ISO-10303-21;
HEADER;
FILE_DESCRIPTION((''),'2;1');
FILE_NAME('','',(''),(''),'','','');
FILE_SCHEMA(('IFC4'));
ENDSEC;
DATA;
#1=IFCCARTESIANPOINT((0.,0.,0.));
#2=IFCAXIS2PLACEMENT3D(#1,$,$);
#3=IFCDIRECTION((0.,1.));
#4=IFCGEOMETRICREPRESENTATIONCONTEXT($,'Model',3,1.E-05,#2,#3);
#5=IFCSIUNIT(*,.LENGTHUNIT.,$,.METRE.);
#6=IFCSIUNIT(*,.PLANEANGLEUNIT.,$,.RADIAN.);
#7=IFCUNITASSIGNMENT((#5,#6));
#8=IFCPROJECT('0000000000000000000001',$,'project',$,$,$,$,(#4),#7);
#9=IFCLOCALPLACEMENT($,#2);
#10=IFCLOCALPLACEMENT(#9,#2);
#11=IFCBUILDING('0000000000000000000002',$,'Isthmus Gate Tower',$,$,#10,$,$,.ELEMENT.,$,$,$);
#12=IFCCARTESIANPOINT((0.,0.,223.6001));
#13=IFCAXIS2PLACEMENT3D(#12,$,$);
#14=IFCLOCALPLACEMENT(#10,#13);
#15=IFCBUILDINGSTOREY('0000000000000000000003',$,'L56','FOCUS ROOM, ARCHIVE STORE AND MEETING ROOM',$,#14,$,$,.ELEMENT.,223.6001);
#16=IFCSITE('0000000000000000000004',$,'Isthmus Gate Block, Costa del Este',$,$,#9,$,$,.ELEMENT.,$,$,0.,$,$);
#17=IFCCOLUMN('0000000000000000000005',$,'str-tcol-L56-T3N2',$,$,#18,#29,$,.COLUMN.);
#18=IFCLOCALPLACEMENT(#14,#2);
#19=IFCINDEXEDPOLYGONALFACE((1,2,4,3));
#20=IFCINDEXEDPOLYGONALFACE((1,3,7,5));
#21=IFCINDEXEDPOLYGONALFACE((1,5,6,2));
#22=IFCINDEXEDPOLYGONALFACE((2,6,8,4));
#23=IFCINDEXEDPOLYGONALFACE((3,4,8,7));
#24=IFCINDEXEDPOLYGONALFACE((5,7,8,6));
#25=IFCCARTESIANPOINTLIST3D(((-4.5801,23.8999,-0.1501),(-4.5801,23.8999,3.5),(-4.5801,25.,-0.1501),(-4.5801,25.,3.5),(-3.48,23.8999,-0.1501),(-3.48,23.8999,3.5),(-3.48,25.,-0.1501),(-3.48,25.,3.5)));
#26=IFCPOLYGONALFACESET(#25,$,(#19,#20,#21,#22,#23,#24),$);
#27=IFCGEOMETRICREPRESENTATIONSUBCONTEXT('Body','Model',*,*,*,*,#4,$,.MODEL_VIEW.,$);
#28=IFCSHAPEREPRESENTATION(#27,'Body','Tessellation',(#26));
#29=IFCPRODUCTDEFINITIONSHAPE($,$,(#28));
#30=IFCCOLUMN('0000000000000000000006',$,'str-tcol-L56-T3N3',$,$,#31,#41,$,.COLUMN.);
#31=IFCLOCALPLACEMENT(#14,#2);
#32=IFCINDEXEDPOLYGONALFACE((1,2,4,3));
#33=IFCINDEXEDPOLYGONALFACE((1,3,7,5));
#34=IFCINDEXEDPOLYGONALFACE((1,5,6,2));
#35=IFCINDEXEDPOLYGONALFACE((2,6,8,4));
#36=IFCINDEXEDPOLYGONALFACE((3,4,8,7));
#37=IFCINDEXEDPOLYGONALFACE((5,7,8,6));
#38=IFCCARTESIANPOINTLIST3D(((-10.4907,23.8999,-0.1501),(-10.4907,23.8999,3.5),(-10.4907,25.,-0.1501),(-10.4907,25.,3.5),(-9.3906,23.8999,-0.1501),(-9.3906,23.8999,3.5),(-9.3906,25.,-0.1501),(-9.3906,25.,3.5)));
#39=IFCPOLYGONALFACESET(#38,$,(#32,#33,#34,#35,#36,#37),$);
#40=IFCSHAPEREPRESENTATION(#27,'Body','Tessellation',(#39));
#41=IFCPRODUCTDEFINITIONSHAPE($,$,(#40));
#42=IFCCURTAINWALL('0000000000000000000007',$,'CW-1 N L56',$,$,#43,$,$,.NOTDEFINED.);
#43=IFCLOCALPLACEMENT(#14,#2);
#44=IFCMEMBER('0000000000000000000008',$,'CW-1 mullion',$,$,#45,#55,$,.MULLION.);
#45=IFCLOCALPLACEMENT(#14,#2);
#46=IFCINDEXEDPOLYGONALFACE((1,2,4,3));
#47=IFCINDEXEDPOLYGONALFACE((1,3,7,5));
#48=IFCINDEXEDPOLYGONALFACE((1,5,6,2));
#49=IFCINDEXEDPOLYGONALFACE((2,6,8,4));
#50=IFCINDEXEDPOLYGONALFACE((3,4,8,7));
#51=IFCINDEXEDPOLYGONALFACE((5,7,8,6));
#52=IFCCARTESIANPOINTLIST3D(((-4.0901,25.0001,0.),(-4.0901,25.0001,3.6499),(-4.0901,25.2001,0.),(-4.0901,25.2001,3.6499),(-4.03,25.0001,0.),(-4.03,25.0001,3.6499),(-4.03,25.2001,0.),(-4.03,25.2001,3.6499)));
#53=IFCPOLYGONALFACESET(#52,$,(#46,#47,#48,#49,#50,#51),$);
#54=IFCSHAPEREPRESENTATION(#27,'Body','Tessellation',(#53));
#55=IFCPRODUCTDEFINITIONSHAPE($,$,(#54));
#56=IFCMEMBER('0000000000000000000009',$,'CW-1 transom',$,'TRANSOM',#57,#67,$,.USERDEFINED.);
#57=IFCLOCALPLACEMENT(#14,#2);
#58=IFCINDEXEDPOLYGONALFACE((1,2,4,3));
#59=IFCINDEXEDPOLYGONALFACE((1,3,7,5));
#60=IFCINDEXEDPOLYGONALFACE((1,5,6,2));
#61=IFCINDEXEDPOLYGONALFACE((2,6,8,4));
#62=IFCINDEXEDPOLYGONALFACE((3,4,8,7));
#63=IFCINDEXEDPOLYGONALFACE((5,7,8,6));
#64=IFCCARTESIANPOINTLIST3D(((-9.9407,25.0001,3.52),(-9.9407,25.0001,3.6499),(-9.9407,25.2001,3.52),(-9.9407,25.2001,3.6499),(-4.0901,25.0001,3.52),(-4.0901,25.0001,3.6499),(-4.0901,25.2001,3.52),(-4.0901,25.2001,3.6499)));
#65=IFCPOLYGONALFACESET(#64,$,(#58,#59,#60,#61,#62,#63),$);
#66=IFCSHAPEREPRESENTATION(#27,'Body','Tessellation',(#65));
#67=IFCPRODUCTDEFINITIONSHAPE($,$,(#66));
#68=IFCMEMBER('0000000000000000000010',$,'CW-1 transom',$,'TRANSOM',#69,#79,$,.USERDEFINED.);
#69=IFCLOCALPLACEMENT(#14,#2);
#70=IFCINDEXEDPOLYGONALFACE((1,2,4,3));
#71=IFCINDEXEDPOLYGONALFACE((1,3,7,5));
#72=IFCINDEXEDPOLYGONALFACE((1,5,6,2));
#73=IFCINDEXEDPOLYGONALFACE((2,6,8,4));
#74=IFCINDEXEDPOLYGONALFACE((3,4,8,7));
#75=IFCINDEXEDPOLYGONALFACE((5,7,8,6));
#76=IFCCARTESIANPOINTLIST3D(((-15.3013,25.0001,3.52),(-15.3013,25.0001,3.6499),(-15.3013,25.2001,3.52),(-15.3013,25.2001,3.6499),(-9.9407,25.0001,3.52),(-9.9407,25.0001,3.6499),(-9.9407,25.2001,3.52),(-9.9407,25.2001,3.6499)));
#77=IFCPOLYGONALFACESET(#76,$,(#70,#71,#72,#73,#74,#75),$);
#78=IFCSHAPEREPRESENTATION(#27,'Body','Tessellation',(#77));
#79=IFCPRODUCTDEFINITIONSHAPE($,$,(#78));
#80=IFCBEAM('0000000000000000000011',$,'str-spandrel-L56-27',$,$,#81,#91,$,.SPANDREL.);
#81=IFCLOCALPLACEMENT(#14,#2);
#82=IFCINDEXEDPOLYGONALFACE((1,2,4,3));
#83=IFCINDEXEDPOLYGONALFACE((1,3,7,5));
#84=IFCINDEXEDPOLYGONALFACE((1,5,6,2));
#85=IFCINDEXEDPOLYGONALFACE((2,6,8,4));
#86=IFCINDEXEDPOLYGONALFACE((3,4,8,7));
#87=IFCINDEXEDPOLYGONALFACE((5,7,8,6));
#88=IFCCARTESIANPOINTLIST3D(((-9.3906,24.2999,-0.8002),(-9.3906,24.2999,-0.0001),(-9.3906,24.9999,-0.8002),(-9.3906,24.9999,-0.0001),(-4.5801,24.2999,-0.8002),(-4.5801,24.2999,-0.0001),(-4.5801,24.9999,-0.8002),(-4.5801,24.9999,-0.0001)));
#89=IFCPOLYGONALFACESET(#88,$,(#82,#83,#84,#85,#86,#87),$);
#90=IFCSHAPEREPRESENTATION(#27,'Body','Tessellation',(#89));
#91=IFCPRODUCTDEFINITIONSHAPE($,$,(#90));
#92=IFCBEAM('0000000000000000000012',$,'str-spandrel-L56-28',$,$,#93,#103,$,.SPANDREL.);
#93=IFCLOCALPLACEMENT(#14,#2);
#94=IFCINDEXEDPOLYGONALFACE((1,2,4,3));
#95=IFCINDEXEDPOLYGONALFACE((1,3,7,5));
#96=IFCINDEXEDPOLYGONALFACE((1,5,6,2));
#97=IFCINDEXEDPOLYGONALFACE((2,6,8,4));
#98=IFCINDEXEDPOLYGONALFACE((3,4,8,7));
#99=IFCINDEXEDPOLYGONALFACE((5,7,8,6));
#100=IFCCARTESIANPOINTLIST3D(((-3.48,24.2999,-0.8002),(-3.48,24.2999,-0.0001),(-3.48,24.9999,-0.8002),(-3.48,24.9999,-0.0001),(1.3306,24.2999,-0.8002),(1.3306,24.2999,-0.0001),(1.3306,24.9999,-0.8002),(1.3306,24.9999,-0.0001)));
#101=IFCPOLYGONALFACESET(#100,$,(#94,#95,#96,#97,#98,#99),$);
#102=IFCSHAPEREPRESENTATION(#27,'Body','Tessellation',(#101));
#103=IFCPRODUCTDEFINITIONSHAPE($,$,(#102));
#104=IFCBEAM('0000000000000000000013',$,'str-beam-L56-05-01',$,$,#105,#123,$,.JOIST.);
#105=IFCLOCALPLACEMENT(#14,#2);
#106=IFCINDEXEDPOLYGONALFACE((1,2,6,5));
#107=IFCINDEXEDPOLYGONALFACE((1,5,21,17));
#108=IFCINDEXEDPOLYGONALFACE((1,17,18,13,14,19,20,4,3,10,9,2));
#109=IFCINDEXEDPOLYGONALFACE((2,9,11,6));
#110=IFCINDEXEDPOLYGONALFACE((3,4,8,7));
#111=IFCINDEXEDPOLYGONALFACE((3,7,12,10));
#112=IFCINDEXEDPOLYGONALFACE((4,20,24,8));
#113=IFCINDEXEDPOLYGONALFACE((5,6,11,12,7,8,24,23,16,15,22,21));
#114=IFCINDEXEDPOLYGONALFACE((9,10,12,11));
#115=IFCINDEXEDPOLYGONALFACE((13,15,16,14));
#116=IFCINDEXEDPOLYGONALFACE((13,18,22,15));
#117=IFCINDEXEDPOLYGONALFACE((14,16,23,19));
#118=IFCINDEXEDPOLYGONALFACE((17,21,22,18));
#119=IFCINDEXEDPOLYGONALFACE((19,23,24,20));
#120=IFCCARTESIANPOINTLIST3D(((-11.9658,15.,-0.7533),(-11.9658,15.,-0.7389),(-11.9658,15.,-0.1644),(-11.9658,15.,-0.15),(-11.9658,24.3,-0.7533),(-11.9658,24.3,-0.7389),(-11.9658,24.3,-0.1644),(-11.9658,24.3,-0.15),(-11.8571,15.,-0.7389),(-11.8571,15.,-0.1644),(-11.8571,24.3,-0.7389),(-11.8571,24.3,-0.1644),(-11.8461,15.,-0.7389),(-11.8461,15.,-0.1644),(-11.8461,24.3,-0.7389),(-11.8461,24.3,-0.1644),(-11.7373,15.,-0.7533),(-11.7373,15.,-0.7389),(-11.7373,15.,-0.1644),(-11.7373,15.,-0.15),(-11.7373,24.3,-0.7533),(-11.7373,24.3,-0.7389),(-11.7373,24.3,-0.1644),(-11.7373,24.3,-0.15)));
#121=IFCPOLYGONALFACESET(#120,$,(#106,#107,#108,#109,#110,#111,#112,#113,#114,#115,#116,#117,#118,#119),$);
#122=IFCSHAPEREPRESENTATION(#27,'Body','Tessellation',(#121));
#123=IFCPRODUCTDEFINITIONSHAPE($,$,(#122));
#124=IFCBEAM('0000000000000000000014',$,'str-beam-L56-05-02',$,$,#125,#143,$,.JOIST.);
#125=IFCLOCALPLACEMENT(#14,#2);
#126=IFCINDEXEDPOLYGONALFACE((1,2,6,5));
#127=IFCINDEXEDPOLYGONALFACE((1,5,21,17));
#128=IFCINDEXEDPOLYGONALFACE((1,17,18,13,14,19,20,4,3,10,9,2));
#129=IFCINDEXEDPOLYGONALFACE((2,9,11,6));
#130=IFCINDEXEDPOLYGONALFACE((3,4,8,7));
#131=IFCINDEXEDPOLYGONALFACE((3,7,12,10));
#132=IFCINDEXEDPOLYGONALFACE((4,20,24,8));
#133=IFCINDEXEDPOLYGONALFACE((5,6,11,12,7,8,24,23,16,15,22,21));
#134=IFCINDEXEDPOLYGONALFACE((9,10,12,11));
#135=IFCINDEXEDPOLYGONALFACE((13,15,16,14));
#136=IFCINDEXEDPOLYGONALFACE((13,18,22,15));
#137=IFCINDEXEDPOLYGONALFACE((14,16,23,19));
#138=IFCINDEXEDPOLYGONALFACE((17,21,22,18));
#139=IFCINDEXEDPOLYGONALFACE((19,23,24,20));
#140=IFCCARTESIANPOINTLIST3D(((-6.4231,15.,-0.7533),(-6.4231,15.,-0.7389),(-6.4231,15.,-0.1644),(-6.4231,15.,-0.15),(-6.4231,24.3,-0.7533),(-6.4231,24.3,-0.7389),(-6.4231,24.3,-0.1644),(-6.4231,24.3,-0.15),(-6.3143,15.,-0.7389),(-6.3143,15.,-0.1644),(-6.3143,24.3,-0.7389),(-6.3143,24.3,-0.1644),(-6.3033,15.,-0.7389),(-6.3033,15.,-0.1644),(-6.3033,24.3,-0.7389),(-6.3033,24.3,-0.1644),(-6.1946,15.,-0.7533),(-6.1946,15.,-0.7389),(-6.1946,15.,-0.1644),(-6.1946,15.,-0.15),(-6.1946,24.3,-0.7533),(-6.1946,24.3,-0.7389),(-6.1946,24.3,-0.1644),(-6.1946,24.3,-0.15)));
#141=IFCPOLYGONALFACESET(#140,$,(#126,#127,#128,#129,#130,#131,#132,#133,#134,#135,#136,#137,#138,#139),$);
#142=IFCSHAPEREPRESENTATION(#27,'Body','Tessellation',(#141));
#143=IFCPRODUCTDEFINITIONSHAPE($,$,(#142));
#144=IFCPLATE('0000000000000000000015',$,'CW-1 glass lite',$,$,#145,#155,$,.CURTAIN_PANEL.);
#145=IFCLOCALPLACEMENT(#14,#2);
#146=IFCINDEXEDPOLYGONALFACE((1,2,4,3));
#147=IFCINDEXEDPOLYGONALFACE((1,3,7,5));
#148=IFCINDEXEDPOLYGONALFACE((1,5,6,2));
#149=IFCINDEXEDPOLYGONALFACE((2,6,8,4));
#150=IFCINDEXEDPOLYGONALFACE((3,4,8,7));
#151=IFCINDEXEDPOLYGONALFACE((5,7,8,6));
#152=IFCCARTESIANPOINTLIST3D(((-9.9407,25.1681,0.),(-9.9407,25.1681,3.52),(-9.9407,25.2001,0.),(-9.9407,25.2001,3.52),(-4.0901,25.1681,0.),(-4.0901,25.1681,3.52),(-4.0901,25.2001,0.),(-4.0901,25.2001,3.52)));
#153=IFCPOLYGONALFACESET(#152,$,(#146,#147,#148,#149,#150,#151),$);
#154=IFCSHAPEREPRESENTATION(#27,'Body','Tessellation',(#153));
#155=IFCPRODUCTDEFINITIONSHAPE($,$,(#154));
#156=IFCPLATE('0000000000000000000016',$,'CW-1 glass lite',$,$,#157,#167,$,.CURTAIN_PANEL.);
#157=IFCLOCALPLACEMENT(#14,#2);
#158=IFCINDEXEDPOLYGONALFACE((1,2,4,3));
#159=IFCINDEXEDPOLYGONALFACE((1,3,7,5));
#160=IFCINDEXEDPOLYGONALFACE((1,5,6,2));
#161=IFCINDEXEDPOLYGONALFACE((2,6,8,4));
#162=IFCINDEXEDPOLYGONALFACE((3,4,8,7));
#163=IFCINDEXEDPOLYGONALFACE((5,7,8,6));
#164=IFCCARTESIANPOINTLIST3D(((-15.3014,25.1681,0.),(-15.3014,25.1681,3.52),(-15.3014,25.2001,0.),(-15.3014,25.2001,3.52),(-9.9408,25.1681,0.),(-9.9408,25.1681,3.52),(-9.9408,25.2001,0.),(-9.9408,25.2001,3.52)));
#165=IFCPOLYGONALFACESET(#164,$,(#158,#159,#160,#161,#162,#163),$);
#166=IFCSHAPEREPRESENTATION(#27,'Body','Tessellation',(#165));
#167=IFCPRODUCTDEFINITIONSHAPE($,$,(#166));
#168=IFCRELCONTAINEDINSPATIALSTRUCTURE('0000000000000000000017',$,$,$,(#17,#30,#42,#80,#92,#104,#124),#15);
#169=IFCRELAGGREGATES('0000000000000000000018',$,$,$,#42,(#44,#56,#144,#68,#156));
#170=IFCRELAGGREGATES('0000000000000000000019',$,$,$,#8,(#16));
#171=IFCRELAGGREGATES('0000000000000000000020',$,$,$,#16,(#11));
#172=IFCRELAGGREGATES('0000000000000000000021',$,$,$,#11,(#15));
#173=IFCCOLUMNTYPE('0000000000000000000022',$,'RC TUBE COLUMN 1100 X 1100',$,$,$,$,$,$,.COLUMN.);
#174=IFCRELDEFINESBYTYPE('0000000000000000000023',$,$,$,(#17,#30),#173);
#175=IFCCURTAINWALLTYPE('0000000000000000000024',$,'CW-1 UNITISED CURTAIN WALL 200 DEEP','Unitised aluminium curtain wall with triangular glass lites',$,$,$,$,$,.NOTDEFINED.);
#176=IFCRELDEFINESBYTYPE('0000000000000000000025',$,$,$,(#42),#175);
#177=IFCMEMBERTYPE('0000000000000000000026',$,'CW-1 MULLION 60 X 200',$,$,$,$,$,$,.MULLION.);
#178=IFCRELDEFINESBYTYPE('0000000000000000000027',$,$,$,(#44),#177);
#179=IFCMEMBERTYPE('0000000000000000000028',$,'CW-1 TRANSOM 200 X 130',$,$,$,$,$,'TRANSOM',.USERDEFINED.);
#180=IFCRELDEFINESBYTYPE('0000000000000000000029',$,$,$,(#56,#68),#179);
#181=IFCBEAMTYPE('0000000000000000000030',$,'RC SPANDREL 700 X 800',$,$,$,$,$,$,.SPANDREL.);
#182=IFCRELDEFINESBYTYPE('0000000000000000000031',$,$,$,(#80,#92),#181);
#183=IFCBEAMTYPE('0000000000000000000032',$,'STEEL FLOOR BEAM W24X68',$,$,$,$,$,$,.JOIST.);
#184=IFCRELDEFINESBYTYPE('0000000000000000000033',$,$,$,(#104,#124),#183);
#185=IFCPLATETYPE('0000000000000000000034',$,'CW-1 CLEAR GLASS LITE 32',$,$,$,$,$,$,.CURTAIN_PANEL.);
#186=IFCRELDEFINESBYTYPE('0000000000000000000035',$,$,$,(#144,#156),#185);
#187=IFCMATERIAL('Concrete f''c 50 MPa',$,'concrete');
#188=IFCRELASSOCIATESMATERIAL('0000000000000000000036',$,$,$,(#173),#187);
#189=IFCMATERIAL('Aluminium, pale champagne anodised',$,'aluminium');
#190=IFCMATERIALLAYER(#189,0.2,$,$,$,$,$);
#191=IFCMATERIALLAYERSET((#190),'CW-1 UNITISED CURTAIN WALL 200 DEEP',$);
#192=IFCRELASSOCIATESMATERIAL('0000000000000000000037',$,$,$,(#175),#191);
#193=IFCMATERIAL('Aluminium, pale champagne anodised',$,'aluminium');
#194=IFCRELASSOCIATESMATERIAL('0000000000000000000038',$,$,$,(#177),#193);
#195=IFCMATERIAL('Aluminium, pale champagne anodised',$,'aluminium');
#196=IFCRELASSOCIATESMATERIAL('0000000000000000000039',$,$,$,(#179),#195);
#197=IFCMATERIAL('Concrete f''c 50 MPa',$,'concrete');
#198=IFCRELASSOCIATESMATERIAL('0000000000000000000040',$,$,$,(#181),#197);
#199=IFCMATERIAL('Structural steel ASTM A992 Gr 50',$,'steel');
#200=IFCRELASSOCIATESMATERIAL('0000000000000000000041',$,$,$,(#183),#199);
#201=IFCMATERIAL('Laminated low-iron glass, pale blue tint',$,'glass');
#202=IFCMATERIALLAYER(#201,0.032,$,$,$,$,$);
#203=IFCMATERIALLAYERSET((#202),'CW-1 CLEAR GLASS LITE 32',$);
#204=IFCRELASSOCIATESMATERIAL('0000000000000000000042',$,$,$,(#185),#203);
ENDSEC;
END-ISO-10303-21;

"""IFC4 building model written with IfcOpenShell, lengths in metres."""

from ifc_helpers import new_model, si_unit, direction, frame, origin, origin_2d, place, context, subcontext, project, spatial, rectangle, i_section, extrude, material, layer, layer_set, material_profile, profile_set, type_object, element, aggregate, save


model = new_model("IFC4")

# Units and contexts
model_context = context("Model", 3, precision=1e-05, world=origin(), true_north=direction((0.0, 1.0)))
body_context = subcontext(model_context, "Body", "Model", "MODEL_VIEW")
ifc_project = project(units=[si_unit("LENGTHUNIT", "METRE"), si_unit("PLANEANGLEUNIT", "RADIAN")], contexts=[model_context])

# Site, building, storey
site_placement = place(None, origin())
site = spatial("IfcSite", under=ifc_project, at=site_placement, Name="Isthmus Gate Block, Costa del Este", CompositionType="ELEMENT", RefElevation=0.0)
building_placement = place(site_placement, origin())
building = spatial("IfcBuilding", under=site, at=building_placement, Name="Isthmus Gate Tower", CompositionType="ELEMENT")
storey_placement = place(building_placement, frame((0.0, 0.0, 223.6001)))
storey = spatial("IfcBuildingStorey", under=building, at=storey_placement, Name="L56", Description="FOCUS ROOM, ARCHIVE STORE AND MEETING ROOM", CompositionType="ELEMENT", Elevation=223.6001)

# Columns
ifc_material_1 = material(Name="Concrete f'c 50 MPa", Category="concrete")
ifc_material_profile_1 = material_profile(ifc_material_1, rectangle(XDim=1.1001, YDim=1.1001, at=origin_2d()), Name="RC 1100X1100")
ifc_profile_set_1 = profile_set([ifc_material_profile_1], Name="Concrete f'c 50 MPa")
column_type = type_object("IfcColumnType", Name="RC TUBE COLUMN 1100 X 1100", PredefinedType="COLUMN", material=ifc_profile_set_1)
for number, where, z_axis, x_axis, name in (
    (1, (-4.03, 24.45, -0.1501), (0.0, 0.0, 1.0), (-1.0, 0.0, 0.0), "str-tcol-L56-T3N2"),
    (2, (-9.9407, 24.45, -0.1501), (0.0, 0.0, 1.0), (-1.0, 0.0, 0.0), "str-tcol-L56-T3N3"),
):
    element("IfcColumn", number, at=place(storey_placement, frame(where, z_axis=z_axis, x_axis=x_axis)), inside=storey, type_object=column_type, Name=name, PredefinedType="COLUMN", context=body_context, shape_type="SweptSolid", body=[
        extrude(rectangle(XDim=1.1001, YDim=1.1001, at=origin_2d()), origin(), (0.0, 0.0, 1.0), 3.6501),
    ])

# Curtain wall, members
ifc_material_2 = material(Name="Aluminium, pale champagne anodised", Category="aluminium")
ifc_layer_1 = layer(ifc_material_2, 0.2)
ifc_layer_set_1 = layer_set([ifc_layer_1], Name="CW-1 UNITISED CURTAIN WALL 200 DEEP")
curtain_wall_type = type_object("IfcCurtainWallType", Name="CW-1 UNITISED CURTAIN WALL 200 DEEP", Description="Unitised aluminium curtain wall with triangular glass lites", PredefinedType="NOTDEFINED", material=ifc_layer_set_1)
curtain_wall_placement = place(storey_placement, origin())
curtain_wall = element("IfcCurtainWall", 3, at=curtain_wall_placement, inside=storey, type_object=curtain_wall_type, Name="CW-1 N L56", PredefinedType="NOTDEFINED")
ifc_material_3 = material(Name="Aluminium, pale champagne anodised", Category="aluminium")
ifc_material_profile_2 = material_profile(ifc_material_3, rectangle(XDim=0.0601, YDim=0.2, at=origin_2d()), Name="60x200")
ifc_profile_set_2 = profile_set([ifc_material_profile_2], Name="Aluminium, pale champagne anodised")
member_type_1 = type_object("IfcMemberType", Name="CW-1 MULLION 60 X 200", PredefinedType="MULLION", material=ifc_profile_set_2)
member_1_placement = place(storey_placement, frame((-4.0601, 25.1001, 0.0), z_axis=(0.0, 0.0, 1.0), x_axis=(-1.0, 0.0, 0.0)))
member_1 = element("IfcMember", 4, at=member_1_placement, type_object=member_type_1, Name="CW-1 mullion", PredefinedType="MULLION", context=body_context, shape_type="SweptSolid", body=[
    extrude(rectangle(XDim=0.0601, YDim=0.2, at=origin_2d()), origin(), (0.0, 0.0, 1.0), 3.6499),
])
ifc_material_4 = material(Name="Aluminium, pale champagne anodised", Category="aluminium")
ifc_material_profile_3 = material_profile(ifc_material_4, rectangle(XDim=0.2, YDim=0.1299, at=origin_2d()), Name="200x130")
ifc_profile_set_3 = profile_set([ifc_material_profile_3], Name="Aluminium, pale champagne anodised")
member_type_2 = type_object("IfcMemberType", Name="CW-1 TRANSOM 200 X 130", ElementType="TRANSOM", PredefinedType="USERDEFINED", material=ifc_profile_set_3)
member_2_placement = place(storey_placement, frame((-4.0901, 25.1001, 3.585), z_axis=(-1.0, 0.0, 0.0), x_axis=(0.0, -1.0, 0.0)))
member_2 = element("IfcMember", 5, at=member_2_placement, type_object=member_type_2, Name="CW-1 transom", ObjectType="TRANSOM", PredefinedType="USERDEFINED", context=body_context, shape_type="SweptSolid", body=[
    extrude(rectangle(XDim=0.2, YDim=0.1299, at=origin_2d()), origin(), (0.0, 0.0, 1.0), 5.8506),
])
member_3_placement = place(storey_placement, frame((-9.9407, 25.1001, 3.585), z_axis=(-1.0, 0.0, 0.0), x_axis=(0.0, -1.0, 0.0)))
member_3 = element("IfcMember", 6, at=member_3_placement, type_object=member_type_2, Name="CW-1 transom", ObjectType="TRANSOM", PredefinedType="USERDEFINED", context=body_context, shape_type="SweptSolid", body=[
    extrude(rectangle(XDim=0.2, YDim=0.1299, at=origin_2d()), origin(), (0.0, 0.0, 1.0), 5.3606),
])

# Beams
ifc_material_5 = material(Name="Concrete f'c 50 MPa", Category="concrete")
ifc_material_profile_4 = material_profile(ifc_material_5, rectangle(XDim=0.7, YDim=0.8, at=origin_2d()), Name="RC 700X800")
ifc_profile_set_4 = profile_set([ifc_material_profile_4], Name="Concrete f'c 50 MPa")
beam_type_1 = type_object("IfcBeamType", Name="RC SPANDREL 700 X 800", PredefinedType="SPANDREL", material=ifc_profile_set_4)
for number, where, z_axis, x_axis, name in (
    (7, (-9.3906, 24.6499, -0.4001), (1.0, 0.0, 0.0), (0.0, 1.0, 0.0), "str-spandrel-L56-27"),
    (8, (-3.48, 24.6499, -0.4001), (1.0, 0.0, 0.0), (0.0, 1.0, 0.0), "str-spandrel-L56-28"),
):
    element("IfcBeam", number, at=place(storey_placement, frame(where, z_axis=z_axis, x_axis=x_axis)), inside=storey, type_object=beam_type_1, Name=name, PredefinedType="SPANDREL", context=body_context, shape_type="SweptSolid", body=[
        extrude(rectangle(XDim=0.7, YDim=0.8, at=origin_2d()), origin(), (0.0, 0.0, 1.0), 4.8105),
    ])
ifc_material_6 = material(Name="Structural steel ASTM A992 Gr 50", Category="steel")
ifc_material_profile_5 = material_profile(ifc_material_6, i_section(OverallWidth=0.2285, OverallDepth=0.6033, WebThickness=0.011, FlangeThickness=0.0144, at=origin_2d()), Name="W24X68")
ifc_profile_set_5 = profile_set([ifc_material_profile_5], Name="Structural steel ASTM A992 Gr 50")
beam_type_2 = type_object("IfcBeamType", Name="STEEL FLOOR BEAM W24X68", PredefinedType="JOIST", material=ifc_profile_set_5)
for number, where, z_axis, x_axis, name in (
    (9, (-11.8516, 15.0, -0.4517), (0.0, 1.0, 0.0), (-1.0, 0.0, 0.0), "str-beam-L56-05-01"),
    (10, (-6.3088, 15.0, -0.4517), (0.0, 1.0, 0.0), (-1.0, 0.0, 0.0), "str-beam-L56-05-02"),
):
    element("IfcBeam", number, at=place(storey_placement, frame(where, z_axis=z_axis, x_axis=x_axis)), inside=storey, type_object=beam_type_2, Name=name, PredefinedType="JOIST", context=body_context, shape_type="SweptSolid", body=[
        extrude(i_section(OverallWidth=0.2285, OverallDepth=0.6033, WebThickness=0.011, FlangeThickness=0.0144, at=origin_2d()), origin(), (0.0, 0.0, 1.0), 9.3),
    ])

# Plates
ifc_material_7 = material(Name="Laminated low-iron glass, pale blue tint", Category="glass")
ifc_layer_2 = layer(ifc_material_7, 0.032)
ifc_layer_set_2 = layer_set([ifc_layer_2], Name="CW-1 CLEAR GLASS LITE 32")
plate_type = type_object("IfcPlateType", Name="CW-1 CLEAR GLASS LITE 32", PredefinedType="CURTAIN_PANEL", material=ifc_layer_set_2)
plate_1_placement = place(storey_placement, frame((-7.0154, 25.1841, 0.0), z_axis=(0.0, 0.0, 1.0), x_axis=(-1.0, 0.0, 0.0)))
plate_1 = element("IfcPlate", 11, at=plate_1_placement, type_object=plate_type, Name="CW-1 glass lite", PredefinedType="CURTAIN_PANEL", context=body_context, shape_type="SweptSolid", body=[
    extrude(rectangle(XDim=5.8506, YDim=0.032, at=origin_2d()), origin(), (0.0, 0.0, 1.0), 3.52),
])
plate_2_placement = place(storey_placement, frame((-12.6211, 25.1841, 0.0), z_axis=(0.0, 0.0, 1.0), x_axis=(-1.0, 0.0, 0.0)))
plate_2 = element("IfcPlate", 12, at=plate_2_placement, type_object=plate_type, Name="CW-1 glass lite", PredefinedType="CURTAIN_PANEL", context=body_context, shape_type="SweptSolid", body=[
    extrude(rectangle(XDim=5.3606, YDim=0.032, at=origin_2d()), origin(), (0.0, 0.0, 1.0), 3.52),
])
aggregate(curtain_wall, [member_1, member_2, plate_1, member_3, plate_2])

save(model, "model.ifc")
